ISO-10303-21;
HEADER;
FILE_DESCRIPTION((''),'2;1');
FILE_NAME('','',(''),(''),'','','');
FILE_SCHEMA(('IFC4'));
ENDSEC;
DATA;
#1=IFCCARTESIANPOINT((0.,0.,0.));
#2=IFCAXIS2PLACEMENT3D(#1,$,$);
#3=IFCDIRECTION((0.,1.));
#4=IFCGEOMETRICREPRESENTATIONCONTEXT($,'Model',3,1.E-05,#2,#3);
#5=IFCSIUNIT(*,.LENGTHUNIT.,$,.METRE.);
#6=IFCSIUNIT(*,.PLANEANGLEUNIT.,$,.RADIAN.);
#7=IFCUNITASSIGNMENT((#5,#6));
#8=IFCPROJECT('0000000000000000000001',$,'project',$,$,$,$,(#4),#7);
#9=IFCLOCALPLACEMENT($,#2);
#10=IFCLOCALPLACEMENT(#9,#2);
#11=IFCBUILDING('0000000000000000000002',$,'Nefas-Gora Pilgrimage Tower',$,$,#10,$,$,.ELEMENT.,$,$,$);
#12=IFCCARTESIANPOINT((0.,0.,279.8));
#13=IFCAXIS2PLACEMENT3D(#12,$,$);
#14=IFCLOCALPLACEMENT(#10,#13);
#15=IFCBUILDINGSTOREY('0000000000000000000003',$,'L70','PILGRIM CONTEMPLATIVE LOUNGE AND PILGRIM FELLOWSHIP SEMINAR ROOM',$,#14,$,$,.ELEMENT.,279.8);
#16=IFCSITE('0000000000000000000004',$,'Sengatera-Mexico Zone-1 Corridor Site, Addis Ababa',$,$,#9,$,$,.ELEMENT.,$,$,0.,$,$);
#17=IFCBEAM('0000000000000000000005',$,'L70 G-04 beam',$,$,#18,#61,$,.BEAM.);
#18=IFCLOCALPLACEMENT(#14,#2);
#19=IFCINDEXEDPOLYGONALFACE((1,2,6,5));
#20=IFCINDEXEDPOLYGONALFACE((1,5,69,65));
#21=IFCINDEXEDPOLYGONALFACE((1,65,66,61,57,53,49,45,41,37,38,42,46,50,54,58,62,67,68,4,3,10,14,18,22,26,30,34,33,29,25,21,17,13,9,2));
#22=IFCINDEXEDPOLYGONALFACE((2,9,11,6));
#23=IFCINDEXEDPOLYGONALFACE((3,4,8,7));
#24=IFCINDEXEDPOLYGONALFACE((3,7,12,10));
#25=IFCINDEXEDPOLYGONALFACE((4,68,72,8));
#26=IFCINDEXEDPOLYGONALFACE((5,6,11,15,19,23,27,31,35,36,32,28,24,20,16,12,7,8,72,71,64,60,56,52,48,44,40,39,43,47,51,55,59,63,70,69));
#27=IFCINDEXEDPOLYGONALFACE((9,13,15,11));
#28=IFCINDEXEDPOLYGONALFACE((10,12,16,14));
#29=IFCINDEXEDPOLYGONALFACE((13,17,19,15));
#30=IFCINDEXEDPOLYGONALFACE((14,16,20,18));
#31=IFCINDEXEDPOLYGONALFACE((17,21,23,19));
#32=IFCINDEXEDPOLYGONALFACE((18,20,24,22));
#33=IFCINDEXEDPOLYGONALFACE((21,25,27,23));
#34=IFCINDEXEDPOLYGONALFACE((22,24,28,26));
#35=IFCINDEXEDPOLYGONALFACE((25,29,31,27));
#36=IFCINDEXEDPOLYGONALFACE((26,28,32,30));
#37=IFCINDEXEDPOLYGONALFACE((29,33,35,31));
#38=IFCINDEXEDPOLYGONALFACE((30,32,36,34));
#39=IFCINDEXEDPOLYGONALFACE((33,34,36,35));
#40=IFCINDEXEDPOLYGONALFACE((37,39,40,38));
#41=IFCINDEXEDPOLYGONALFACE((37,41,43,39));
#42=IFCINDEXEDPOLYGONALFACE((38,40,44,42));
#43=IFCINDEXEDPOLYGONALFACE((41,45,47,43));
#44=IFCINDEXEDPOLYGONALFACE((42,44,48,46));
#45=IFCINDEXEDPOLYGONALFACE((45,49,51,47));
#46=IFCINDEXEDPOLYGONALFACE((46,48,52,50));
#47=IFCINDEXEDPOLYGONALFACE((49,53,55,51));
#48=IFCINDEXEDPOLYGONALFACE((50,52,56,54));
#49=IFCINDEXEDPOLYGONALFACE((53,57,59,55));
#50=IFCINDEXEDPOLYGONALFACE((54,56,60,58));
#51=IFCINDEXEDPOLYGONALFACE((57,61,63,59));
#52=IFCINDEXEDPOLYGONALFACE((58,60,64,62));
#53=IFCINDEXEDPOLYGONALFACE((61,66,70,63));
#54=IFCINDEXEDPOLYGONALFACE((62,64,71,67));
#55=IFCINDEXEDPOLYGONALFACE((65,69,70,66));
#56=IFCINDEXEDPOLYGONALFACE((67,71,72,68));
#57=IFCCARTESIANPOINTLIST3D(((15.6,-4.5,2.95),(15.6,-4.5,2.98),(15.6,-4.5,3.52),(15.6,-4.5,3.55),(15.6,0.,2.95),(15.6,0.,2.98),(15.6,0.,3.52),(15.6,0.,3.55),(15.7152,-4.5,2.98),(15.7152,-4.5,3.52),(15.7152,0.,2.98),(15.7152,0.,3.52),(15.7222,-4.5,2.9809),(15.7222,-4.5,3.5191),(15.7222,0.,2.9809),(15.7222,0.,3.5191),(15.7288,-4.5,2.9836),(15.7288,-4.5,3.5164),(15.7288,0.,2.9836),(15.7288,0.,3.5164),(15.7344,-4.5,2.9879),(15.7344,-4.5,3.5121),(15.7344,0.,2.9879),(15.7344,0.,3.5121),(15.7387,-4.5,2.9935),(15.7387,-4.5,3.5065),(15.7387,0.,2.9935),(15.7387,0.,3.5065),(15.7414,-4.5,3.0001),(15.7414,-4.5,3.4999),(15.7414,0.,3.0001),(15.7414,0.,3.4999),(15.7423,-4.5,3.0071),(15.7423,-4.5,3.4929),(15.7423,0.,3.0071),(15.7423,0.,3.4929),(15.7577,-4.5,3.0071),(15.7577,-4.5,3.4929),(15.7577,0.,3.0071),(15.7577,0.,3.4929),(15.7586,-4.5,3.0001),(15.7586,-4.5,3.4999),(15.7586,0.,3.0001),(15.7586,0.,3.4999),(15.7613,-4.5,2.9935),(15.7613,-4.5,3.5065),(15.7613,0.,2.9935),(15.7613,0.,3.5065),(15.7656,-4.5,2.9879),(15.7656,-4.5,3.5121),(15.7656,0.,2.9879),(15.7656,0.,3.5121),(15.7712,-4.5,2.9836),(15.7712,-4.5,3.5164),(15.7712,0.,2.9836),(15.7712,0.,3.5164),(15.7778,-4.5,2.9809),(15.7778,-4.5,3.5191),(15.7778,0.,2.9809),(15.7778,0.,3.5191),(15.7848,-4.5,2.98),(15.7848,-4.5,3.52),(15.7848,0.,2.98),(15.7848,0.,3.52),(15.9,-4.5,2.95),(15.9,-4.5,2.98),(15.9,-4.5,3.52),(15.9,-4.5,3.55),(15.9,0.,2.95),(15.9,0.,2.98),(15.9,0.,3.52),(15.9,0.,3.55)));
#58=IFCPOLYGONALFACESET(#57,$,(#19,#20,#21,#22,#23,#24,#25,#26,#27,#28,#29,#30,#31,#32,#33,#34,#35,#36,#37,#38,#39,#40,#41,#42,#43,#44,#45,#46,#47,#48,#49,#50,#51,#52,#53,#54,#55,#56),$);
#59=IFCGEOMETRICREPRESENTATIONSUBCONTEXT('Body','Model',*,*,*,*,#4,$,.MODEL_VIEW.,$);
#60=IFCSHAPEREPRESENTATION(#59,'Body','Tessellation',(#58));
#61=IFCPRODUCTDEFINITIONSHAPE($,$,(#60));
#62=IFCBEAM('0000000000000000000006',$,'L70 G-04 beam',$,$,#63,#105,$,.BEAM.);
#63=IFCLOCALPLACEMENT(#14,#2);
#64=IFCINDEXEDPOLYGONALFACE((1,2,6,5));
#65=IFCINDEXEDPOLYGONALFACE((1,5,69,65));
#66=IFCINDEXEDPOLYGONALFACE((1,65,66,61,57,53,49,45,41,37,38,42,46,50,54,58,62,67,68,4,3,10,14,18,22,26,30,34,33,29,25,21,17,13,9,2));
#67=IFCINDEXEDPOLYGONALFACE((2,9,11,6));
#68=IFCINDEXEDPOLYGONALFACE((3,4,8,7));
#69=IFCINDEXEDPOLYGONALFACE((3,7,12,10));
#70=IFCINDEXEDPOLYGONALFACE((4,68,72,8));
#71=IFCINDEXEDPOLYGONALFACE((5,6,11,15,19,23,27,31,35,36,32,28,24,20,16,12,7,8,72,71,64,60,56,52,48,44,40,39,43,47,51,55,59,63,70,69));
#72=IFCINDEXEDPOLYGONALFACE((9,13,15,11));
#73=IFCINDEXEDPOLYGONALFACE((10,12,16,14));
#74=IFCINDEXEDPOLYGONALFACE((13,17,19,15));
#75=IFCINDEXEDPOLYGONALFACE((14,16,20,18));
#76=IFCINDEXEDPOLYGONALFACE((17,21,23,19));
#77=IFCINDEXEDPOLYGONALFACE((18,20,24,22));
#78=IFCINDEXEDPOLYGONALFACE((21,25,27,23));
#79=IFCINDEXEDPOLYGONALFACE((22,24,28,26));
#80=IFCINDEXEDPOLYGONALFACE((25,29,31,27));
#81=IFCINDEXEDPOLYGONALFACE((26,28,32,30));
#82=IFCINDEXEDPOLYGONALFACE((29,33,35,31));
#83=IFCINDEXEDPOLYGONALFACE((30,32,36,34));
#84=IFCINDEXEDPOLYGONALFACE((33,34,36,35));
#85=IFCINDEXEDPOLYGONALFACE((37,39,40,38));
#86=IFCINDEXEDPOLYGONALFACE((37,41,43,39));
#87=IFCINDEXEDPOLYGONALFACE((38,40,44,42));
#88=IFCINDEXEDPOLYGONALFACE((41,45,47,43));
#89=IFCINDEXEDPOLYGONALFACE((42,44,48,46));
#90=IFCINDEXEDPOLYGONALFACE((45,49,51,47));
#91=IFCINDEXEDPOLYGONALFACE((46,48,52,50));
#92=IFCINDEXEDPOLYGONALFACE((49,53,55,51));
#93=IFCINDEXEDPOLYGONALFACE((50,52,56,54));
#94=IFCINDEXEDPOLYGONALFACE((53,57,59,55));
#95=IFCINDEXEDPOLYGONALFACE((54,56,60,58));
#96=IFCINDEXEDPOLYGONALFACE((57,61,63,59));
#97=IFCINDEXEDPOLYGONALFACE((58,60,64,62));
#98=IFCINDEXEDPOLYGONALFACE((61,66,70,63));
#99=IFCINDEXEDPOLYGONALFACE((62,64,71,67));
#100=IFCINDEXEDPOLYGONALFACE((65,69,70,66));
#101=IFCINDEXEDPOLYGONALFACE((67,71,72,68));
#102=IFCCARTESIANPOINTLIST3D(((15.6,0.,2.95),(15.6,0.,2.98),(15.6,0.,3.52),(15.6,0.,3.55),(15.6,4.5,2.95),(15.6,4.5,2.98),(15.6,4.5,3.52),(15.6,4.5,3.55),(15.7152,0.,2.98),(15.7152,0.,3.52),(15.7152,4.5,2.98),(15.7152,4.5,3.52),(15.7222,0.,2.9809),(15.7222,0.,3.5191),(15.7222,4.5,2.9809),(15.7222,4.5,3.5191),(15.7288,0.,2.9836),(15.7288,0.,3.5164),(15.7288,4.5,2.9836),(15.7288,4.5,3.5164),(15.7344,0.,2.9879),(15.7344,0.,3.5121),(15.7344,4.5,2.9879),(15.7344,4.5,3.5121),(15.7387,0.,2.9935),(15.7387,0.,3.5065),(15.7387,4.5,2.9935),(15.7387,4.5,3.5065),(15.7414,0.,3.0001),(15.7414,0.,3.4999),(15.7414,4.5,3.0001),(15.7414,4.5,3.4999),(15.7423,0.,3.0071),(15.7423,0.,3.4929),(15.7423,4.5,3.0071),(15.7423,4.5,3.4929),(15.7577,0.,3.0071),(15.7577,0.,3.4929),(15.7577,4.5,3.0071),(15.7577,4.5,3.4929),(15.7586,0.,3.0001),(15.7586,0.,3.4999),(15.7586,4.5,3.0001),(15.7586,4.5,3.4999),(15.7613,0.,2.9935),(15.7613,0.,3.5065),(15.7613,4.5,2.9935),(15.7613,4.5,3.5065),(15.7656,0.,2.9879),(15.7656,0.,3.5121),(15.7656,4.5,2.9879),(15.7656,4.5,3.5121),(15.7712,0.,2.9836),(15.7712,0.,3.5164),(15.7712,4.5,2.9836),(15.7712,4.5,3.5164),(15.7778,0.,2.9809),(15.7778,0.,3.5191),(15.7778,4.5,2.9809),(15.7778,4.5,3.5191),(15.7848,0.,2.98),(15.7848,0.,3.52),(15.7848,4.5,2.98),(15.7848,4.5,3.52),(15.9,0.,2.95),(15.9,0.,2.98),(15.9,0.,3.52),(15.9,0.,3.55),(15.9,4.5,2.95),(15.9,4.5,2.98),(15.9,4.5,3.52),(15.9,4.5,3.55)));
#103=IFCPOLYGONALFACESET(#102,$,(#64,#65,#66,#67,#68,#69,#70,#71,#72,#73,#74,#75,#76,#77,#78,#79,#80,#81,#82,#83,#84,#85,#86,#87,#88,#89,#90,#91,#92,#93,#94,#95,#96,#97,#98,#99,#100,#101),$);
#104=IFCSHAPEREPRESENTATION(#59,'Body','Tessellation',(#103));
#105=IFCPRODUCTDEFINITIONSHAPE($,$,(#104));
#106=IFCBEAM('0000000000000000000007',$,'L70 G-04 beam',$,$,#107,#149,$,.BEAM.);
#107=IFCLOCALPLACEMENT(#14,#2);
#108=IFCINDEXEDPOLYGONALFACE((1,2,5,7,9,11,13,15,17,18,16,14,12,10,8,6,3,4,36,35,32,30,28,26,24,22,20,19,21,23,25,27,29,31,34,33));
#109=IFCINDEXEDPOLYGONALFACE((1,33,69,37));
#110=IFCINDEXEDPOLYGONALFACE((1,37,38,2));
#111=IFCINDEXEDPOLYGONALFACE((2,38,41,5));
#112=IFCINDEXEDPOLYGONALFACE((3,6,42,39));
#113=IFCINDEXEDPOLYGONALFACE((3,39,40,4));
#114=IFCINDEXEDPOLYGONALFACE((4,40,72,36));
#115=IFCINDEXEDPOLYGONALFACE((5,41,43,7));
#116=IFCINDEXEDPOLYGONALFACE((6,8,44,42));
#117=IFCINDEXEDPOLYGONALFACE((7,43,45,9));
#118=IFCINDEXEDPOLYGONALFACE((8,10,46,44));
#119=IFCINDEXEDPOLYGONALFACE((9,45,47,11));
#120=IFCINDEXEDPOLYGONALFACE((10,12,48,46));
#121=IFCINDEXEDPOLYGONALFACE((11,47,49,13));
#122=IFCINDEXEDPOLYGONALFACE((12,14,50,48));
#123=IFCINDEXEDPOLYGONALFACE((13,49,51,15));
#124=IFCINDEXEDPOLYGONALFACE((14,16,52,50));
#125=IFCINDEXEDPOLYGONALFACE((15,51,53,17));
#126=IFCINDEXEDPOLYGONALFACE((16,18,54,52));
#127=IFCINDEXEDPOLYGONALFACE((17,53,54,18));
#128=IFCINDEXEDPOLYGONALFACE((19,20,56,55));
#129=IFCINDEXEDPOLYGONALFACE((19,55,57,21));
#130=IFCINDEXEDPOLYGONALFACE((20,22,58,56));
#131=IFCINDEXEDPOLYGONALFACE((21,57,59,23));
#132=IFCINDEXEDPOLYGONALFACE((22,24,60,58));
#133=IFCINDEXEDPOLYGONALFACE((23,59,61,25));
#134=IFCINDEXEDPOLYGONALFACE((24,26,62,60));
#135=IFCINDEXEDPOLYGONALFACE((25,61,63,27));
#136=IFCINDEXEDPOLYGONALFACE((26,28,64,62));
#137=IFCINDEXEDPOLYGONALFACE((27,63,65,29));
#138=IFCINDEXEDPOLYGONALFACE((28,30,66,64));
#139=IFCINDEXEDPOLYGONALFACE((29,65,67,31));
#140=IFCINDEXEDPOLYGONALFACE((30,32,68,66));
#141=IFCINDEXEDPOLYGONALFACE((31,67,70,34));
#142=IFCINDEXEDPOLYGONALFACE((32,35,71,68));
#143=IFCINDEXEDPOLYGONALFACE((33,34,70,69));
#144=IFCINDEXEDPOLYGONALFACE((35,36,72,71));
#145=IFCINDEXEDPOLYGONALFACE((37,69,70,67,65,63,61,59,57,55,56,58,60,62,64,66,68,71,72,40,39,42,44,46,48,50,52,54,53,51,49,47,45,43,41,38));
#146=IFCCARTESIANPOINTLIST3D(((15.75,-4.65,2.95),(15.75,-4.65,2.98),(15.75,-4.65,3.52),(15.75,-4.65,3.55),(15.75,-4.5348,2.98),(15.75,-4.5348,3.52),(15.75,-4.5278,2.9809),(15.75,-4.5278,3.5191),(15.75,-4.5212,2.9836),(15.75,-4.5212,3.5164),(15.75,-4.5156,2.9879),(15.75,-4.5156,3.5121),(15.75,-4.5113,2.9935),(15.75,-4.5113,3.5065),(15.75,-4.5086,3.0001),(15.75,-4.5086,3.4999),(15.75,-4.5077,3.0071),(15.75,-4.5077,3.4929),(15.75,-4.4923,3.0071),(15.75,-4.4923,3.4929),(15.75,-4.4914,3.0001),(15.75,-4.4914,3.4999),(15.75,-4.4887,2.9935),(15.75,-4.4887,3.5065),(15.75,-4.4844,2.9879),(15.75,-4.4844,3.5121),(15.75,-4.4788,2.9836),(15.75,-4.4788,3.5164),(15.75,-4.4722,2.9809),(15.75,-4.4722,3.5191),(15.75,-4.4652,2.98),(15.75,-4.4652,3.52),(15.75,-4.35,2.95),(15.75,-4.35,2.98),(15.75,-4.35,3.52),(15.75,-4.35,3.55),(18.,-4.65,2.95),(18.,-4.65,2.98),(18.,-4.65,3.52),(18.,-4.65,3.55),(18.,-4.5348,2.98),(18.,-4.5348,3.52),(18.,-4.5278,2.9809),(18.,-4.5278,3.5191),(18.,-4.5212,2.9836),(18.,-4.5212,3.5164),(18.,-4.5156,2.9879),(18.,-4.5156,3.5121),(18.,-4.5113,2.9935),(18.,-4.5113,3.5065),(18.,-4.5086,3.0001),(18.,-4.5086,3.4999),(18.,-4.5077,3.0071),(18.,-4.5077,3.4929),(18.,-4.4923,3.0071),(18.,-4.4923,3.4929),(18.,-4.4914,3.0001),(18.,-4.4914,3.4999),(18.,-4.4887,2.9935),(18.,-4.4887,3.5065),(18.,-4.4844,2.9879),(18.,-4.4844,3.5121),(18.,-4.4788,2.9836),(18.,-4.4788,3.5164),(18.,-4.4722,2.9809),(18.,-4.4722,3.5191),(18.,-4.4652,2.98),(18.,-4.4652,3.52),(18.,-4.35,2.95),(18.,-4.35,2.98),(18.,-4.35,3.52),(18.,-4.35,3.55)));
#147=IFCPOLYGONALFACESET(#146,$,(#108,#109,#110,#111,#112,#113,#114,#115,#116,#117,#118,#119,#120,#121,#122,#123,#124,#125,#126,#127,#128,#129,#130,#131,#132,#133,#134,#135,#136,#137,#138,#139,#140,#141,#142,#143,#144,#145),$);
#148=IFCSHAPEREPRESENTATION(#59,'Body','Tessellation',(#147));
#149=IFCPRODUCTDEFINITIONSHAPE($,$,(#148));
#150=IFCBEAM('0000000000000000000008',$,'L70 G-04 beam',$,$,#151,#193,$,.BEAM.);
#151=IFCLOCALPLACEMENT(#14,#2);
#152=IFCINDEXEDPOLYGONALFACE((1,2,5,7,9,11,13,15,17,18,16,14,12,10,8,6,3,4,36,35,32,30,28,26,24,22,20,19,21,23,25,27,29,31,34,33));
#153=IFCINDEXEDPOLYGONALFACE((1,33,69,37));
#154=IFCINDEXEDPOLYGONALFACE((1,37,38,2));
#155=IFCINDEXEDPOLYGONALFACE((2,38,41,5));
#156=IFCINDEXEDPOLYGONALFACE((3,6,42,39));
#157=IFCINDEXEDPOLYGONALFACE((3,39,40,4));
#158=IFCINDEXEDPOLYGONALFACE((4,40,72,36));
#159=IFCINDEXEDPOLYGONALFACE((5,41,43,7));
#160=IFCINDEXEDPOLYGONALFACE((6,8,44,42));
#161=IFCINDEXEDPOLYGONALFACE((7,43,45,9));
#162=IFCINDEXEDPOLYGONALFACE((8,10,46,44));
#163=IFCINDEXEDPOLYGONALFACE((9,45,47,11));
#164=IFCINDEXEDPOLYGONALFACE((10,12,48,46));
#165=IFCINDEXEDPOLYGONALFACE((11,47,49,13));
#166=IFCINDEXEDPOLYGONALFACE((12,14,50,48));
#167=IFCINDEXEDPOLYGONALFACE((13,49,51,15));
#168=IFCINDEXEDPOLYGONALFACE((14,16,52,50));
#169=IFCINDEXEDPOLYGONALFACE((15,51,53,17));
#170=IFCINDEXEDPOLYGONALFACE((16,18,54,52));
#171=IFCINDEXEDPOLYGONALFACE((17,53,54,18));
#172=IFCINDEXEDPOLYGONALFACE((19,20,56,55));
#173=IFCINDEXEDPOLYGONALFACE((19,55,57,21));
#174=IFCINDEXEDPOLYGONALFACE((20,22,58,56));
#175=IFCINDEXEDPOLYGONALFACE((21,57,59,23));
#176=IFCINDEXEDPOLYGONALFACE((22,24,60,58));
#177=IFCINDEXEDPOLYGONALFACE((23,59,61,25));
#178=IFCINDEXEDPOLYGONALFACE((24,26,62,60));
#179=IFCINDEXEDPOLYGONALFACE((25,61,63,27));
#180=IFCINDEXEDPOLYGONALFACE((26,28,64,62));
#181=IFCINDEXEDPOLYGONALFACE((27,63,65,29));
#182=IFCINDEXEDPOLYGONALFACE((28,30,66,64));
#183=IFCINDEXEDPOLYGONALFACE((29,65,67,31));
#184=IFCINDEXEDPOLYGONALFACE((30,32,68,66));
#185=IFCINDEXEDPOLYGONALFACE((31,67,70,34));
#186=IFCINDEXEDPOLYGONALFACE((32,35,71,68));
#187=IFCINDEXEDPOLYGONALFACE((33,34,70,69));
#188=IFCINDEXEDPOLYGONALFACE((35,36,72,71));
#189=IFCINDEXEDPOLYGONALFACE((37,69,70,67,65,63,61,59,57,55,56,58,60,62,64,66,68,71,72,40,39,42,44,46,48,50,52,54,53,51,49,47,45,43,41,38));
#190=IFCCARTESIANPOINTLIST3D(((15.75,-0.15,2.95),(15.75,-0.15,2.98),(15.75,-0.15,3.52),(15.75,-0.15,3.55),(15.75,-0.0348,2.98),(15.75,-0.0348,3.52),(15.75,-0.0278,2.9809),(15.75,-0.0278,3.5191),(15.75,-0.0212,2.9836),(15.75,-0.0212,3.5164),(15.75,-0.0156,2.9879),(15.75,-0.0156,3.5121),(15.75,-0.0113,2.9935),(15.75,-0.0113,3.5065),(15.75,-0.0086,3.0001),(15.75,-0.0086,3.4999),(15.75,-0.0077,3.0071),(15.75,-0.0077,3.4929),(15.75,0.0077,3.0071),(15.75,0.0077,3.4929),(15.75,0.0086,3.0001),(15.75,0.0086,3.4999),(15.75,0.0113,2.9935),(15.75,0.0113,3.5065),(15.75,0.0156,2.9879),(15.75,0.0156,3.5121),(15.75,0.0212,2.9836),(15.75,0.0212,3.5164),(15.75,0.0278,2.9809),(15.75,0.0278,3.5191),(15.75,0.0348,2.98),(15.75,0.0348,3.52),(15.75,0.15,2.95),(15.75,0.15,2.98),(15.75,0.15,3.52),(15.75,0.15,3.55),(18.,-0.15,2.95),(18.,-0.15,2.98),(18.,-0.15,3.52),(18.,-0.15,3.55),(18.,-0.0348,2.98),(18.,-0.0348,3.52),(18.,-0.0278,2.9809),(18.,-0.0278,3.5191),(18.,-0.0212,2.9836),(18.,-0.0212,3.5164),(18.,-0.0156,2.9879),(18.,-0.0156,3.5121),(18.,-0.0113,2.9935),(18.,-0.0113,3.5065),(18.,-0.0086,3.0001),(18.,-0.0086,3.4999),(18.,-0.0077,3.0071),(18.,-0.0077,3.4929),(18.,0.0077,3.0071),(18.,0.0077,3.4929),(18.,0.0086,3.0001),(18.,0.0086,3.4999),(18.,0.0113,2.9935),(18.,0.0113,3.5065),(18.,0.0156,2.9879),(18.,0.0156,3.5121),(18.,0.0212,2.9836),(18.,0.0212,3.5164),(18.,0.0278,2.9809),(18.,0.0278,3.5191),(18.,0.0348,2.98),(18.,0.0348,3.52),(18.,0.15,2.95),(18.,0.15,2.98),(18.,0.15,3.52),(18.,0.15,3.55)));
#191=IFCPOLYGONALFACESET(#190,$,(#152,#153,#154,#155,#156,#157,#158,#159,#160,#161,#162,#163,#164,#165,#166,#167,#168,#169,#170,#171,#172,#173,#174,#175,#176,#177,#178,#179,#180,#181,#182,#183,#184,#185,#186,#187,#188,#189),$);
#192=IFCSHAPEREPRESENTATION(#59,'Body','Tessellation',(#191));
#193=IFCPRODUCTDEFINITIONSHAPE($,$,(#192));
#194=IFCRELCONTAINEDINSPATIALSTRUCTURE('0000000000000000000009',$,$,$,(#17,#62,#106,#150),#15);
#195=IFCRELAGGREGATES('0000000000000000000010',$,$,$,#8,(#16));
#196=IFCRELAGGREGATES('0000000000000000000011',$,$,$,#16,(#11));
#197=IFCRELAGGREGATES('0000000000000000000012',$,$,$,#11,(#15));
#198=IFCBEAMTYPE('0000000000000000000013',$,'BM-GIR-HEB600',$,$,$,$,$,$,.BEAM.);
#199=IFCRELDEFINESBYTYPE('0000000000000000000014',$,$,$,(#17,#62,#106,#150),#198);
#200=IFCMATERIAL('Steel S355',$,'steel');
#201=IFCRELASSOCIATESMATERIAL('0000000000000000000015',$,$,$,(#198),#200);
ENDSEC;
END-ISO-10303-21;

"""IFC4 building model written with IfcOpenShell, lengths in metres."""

from ifc_helpers import new_model, si_unit, direction, frame, origin, origin_2d, place, context, subcontext, project, spatial, i_section, extrude, source, transform, mapped, material, material_profile, profile_set, type_object, element, save


model = new_model("IFC4")

# Units and contexts
model_context = context("Model", 3, precision=1e-05, world=origin(), true_north=direction((0.0, 1.0)))
body_context = subcontext(model_context, "Body", "Model", "MODEL_VIEW")
ifc_project = project(units=[si_unit("LENGTHUNIT", "METRE"), si_unit("PLANEANGLEUNIT", "RADIAN")], contexts=[model_context])

# Site, building, storey
site_placement = place(None, origin())
site = spatial("IfcSite", under=ifc_project, at=site_placement, Name="Sengatera-Mexico Zone-1 Corridor Site, Addis Ababa", CompositionType="ELEMENT", RefElevation=0.0)
building_placement = place(site_placement, origin())
building = spatial("IfcBuilding", under=site, at=building_placement, Name="Nefas-Gora Pilgrimage Tower", CompositionType="ELEMENT")
storey_placement = place(building_placement, frame((0.0, 0.0, 279.8)))
storey = spatial("IfcBuildingStorey", under=building, at=storey_placement, Name="L70", Description="PILGRIM CONTEMPLATIVE LOUNGE AND PILGRIM FELLOWSHIP SEMINAR ROOM", CompositionType="ELEMENT", Elevation=279.8)

# Shared definitions
ifc_material_1 = material(Name="Steel S355", Category="steel")

# Beams
ifc_material_profile_1 = material_profile(ifc_material_1, i_section(OverallWidth=0.3, OverallDepth=0.6001, WebThickness=0.0154, FlangeThickness=0.03, FilletRadius=0.0271, at=origin_2d()), Name="HEB 600")
ifc_profile_set_1 = profile_set([ifc_material_profile_1], Name="Steel S355")
beam_type_1 = type_object("IfcBeamType", Name="BM-GIR-HEB600", PredefinedType="BEAM", material=ifc_profile_set_1)
shared_shape_1 = source(origin(), body_context, "Body", "SweptSolid", [
    extrude(i_section(OverallWidth=0.3, OverallDepth=0.6001, WebThickness=0.0154, FlangeThickness=0.03, FilletRadius=0.0271, at=origin_2d()), origin(), (0.0, 0.0, 1.0), 4.5),
])
for number, where, z_axis, x_axis, name in (
    (1, (15.75, -4.5, 3.25), (0.0, 1.0, 0.0), (-1.0, 0.0, 0.0), "L70 G-04 beam"),
    (2, (15.75, 0.0, 3.25), (0.0, 1.0, 0.0), (-1.0, 0.0, 0.0), "L70 G-04 beam"),
):
    element("IfcBeam", number, at=place(storey_placement, frame(where, z_axis=z_axis, x_axis=x_axis)), inside=storey, type_object=beam_type_1, Name=name, PredefinedType="BEAM", context=body_context, shape_type="MappedRepresentation", body=[
        mapped(shared_shape_1, transform((0.0, 0.0, 0.0), x_axis=(1.0, 0.0, 0.0), y_axis=(0.0, 1.0, 0.0), z_axis=(0.0, 0.0, 1.0), scale=1.0)),
    ])
shared_shape_2 = source(origin(), body_context, "Body", "SweptSolid", [
    extrude(i_section(OverallWidth=0.3, OverallDepth=0.6001, WebThickness=0.0154, FlangeThickness=0.03, FilletRadius=0.0271, at=origin_2d()), origin(), (0.0, 0.0, 1.0), 2.25),
])
for number, where, z_axis, x_axis, name in (
    (3, (15.75, -4.5, 3.25), (1.0, 0.0, 0.0), (0.0, 1.0, 0.0), "L70 G-04 beam"),
    (4, (15.75, 0.0, 3.25), (1.0, 0.0, 0.0), (0.0, 1.0, 0.0), "L70 G-04 beam"),
):
    element("IfcBeam", number, at=place(storey_placement, frame(where, z_axis=z_axis, x_axis=x_axis)), inside=storey, type_object=beam_type_1, Name=name, PredefinedType="BEAM", context=body_context, shape_type="MappedRepresentation", body=[
        mapped(shared_shape_2, transform((0.0, 0.0, 0.0), x_axis=(1.0, 0.0, 0.0), y_axis=(0.0, 1.0, 0.0), z_axis=(0.0, 0.0, 1.0), scale=1.0)),
    ])

save(model, "model.ifc")
